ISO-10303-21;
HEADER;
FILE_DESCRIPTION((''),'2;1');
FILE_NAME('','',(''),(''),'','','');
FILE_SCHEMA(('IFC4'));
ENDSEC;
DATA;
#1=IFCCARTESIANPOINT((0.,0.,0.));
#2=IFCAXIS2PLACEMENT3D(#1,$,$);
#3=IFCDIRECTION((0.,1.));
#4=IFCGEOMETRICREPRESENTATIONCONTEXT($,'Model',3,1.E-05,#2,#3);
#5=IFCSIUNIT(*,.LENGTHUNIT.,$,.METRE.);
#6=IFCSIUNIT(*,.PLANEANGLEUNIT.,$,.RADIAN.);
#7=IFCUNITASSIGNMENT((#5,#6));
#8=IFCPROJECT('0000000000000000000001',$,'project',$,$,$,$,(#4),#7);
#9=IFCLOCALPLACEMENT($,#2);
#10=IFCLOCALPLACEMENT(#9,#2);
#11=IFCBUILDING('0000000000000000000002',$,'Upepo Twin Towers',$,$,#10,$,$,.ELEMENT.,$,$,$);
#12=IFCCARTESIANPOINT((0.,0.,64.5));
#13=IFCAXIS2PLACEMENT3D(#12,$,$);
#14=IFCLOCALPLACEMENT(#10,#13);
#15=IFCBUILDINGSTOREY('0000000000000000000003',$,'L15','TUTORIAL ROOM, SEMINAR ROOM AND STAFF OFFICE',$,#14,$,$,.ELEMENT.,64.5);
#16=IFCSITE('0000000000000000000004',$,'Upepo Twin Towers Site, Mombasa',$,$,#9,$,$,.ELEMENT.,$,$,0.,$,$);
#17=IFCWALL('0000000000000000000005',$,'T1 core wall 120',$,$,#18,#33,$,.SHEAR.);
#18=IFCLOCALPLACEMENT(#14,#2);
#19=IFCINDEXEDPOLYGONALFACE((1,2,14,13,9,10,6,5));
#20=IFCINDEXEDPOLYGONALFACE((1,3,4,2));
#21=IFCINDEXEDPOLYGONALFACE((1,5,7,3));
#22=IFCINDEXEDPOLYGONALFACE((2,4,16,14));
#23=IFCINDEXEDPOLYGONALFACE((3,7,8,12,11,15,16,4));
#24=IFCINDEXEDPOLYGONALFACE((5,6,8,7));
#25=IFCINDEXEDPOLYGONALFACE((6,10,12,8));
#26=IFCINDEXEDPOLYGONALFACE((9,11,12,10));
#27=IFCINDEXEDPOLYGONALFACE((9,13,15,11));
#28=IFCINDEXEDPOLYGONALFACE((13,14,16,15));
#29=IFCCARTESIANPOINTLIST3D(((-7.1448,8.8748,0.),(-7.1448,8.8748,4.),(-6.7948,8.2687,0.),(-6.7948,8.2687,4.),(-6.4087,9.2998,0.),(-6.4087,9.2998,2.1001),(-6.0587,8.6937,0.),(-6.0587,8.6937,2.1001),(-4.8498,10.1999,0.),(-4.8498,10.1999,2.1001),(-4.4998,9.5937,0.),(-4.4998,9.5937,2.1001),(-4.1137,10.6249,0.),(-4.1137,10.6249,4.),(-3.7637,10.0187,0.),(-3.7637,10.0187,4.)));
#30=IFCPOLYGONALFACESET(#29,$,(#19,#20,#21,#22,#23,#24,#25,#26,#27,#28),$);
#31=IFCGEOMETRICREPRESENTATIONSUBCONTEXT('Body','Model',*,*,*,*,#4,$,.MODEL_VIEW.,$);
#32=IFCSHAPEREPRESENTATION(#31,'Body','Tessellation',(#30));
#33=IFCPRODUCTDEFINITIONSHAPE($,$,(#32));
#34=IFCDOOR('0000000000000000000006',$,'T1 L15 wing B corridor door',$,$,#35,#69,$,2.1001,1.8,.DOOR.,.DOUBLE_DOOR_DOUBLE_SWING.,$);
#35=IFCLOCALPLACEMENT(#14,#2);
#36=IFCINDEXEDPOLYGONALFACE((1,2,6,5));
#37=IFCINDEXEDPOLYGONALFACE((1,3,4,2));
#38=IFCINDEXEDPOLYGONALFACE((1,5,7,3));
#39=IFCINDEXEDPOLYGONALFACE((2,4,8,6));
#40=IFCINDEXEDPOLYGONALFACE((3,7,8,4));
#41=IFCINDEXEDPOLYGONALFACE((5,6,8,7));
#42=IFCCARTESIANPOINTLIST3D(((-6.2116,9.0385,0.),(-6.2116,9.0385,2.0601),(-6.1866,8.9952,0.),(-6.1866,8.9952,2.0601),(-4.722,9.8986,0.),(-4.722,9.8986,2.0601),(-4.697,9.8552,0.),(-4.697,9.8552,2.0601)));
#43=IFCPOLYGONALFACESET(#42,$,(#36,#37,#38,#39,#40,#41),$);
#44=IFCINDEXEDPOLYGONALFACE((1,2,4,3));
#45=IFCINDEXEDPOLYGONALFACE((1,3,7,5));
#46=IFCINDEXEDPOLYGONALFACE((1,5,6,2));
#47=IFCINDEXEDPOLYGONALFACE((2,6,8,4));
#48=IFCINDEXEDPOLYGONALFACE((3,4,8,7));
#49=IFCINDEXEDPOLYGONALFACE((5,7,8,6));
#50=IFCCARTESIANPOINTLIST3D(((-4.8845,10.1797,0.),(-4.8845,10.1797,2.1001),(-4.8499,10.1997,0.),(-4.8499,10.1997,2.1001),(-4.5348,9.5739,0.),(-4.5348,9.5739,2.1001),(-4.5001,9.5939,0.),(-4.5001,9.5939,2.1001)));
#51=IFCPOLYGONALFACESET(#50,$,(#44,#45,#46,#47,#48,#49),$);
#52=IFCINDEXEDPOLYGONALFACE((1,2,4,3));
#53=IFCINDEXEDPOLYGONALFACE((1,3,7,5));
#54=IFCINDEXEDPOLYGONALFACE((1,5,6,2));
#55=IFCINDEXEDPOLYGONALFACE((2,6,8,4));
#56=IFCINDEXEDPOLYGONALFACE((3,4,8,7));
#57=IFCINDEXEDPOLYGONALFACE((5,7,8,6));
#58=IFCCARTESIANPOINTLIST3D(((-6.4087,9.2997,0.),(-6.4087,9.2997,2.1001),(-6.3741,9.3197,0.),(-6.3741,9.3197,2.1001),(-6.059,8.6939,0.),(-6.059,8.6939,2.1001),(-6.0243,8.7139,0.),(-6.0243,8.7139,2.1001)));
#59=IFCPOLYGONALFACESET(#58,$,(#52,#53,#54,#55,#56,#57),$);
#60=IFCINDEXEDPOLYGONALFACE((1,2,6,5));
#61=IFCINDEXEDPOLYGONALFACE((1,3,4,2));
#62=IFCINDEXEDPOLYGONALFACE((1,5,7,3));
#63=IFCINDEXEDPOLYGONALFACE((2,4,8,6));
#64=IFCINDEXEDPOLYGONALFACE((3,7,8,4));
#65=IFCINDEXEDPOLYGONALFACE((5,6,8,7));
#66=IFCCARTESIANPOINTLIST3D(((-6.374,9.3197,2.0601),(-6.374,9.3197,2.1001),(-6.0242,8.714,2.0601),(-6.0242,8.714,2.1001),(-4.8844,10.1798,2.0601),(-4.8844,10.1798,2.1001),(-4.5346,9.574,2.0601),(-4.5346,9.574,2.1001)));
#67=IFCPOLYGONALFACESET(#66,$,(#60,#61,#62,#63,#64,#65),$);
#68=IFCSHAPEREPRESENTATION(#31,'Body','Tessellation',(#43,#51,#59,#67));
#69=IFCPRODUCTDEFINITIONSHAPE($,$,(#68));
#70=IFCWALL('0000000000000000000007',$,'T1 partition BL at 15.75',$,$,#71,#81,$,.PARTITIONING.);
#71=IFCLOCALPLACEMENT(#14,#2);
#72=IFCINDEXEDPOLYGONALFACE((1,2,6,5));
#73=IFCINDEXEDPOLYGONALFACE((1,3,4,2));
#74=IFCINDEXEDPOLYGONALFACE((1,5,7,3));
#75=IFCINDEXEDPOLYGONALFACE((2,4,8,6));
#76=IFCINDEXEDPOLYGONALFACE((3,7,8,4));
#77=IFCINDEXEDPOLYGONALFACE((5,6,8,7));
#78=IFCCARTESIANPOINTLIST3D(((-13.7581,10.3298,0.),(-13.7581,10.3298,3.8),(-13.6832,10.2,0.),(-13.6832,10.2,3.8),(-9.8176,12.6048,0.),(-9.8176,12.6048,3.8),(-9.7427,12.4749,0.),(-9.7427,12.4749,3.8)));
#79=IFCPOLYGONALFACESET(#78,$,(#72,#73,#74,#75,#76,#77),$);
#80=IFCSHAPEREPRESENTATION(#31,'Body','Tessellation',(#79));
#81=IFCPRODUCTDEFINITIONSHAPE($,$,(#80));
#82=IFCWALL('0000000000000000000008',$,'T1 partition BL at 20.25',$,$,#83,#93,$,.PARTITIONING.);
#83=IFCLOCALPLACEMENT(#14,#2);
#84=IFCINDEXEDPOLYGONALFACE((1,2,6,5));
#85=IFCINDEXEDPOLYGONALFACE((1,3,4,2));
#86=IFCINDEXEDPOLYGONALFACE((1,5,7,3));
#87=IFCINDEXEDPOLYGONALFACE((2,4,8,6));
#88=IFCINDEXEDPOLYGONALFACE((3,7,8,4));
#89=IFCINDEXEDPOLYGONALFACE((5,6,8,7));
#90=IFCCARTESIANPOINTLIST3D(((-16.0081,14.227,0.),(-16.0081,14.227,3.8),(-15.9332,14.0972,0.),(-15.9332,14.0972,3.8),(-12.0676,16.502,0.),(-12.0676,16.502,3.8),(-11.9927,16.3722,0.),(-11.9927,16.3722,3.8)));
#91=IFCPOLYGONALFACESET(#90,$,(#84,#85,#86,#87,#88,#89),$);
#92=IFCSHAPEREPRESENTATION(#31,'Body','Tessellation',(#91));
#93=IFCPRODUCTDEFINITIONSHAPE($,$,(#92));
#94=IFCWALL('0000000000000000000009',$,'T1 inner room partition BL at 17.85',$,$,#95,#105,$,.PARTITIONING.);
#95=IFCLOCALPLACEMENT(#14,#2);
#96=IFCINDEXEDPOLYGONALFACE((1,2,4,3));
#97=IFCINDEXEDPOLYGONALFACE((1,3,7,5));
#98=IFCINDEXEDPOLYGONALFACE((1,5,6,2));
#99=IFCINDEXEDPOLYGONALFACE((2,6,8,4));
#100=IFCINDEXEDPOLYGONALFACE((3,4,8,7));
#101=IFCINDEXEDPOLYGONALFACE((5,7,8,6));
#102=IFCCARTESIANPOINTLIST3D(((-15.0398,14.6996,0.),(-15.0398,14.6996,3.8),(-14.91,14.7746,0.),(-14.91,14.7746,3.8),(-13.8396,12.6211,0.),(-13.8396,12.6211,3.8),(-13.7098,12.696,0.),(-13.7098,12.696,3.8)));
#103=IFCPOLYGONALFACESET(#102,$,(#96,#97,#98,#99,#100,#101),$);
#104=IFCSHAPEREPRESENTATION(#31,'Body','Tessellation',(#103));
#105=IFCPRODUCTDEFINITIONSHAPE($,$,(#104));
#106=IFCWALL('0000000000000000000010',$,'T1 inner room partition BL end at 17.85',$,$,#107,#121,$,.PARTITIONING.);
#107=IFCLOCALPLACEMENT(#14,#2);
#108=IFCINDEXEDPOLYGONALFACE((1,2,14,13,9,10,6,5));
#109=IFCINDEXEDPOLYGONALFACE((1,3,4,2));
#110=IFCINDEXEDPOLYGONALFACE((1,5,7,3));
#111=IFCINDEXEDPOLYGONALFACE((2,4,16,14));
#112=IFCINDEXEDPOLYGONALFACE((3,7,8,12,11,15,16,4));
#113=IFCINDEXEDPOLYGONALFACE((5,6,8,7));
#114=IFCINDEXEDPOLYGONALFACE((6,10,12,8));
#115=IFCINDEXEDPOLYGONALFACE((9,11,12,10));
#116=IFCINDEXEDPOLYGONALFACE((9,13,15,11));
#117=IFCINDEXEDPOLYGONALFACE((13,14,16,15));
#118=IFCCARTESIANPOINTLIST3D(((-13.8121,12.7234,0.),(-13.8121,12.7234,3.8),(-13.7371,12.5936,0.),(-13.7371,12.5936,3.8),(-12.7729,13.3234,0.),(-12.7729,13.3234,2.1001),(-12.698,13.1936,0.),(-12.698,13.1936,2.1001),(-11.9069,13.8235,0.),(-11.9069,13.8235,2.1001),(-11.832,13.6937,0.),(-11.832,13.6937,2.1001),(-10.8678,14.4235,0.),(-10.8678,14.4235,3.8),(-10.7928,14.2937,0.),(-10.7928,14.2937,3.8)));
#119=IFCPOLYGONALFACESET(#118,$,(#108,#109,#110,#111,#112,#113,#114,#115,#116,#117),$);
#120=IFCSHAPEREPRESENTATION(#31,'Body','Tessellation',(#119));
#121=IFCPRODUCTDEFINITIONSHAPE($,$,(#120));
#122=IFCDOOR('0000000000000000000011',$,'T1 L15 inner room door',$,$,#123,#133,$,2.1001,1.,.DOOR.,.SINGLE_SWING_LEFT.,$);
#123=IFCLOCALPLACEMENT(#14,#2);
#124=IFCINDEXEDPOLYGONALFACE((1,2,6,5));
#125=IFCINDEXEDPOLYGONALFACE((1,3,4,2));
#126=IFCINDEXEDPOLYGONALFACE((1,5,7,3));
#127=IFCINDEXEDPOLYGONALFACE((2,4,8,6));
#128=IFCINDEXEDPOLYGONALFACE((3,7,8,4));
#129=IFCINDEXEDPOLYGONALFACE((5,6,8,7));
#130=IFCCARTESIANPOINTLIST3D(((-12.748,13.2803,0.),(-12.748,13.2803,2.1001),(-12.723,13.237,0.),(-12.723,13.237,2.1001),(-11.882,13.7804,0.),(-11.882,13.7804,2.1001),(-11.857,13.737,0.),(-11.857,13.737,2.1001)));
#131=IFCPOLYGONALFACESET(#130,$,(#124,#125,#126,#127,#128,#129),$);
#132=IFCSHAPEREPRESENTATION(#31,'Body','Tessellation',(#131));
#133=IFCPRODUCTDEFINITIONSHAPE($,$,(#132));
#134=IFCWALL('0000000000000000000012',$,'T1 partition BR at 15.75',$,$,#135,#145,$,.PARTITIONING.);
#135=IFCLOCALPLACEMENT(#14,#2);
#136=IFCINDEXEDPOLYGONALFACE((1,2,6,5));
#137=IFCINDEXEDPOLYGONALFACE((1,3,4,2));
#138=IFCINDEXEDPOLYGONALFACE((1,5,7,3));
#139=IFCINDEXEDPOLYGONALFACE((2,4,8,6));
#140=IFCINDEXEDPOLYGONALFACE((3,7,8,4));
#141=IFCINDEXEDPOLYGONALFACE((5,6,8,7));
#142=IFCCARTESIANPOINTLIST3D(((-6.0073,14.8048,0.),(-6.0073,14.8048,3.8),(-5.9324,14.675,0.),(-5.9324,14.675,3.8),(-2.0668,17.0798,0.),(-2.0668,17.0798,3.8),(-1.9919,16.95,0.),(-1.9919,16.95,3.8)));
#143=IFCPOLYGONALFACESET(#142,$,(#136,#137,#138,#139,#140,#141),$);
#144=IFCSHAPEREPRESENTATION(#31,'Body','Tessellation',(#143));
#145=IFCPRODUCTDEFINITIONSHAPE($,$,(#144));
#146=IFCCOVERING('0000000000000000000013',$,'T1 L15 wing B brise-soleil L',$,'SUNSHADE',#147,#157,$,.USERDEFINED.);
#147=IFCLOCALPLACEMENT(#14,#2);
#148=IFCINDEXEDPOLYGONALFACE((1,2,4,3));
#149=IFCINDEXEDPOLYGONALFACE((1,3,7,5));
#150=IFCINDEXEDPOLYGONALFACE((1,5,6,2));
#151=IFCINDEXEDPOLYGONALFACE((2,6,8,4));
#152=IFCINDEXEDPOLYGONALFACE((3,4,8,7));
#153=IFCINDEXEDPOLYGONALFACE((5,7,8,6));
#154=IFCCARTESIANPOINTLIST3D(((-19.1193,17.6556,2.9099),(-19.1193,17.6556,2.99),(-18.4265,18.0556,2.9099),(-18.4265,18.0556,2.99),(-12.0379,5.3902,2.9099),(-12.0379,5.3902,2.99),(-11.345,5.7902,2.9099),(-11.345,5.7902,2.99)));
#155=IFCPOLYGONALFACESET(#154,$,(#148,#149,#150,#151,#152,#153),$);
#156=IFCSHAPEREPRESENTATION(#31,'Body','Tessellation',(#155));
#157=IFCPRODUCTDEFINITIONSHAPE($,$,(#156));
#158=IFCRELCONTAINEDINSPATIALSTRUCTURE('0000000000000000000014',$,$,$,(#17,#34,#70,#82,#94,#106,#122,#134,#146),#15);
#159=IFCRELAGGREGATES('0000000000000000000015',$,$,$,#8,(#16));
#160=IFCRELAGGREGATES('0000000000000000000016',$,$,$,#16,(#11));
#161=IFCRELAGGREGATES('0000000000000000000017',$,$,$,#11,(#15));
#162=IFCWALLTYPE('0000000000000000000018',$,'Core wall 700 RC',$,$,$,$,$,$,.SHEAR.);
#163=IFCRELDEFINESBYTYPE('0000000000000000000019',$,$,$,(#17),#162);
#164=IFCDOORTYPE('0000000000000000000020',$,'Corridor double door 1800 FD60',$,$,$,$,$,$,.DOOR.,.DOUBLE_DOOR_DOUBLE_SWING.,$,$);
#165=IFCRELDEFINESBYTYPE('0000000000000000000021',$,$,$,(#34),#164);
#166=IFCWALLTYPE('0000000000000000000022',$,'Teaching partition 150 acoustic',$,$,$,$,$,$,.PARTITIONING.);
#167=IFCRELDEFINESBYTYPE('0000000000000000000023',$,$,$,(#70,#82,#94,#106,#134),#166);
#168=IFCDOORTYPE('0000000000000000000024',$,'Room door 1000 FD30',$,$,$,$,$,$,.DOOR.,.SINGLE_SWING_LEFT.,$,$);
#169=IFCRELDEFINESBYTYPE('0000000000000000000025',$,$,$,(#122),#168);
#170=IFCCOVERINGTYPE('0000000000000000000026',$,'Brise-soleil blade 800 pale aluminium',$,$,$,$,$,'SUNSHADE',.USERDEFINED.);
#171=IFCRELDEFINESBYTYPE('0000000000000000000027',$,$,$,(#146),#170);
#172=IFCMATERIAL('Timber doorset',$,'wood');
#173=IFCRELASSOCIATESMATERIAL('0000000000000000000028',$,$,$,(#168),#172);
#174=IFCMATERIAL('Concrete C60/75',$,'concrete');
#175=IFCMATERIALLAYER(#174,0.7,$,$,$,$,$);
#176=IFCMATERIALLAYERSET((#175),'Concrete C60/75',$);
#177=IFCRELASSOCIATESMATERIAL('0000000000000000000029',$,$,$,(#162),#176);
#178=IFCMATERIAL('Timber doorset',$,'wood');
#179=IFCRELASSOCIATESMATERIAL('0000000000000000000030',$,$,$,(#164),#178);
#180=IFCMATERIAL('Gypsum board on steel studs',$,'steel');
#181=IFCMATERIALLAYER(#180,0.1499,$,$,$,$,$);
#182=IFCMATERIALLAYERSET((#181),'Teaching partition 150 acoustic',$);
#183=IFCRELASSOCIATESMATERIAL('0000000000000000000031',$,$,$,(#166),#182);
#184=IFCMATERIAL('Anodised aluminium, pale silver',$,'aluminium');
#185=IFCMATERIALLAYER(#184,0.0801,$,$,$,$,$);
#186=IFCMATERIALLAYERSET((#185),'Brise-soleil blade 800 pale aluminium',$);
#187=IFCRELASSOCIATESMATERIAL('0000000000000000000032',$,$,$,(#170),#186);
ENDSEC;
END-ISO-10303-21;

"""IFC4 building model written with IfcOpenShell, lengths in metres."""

from ifc_helpers import new_model, si_unit, direction, frame, frame_2d, origin, origin_2d, place, context, subcontext, project, spatial, rectangle, extrude, material, layer, layer_set, type_object, element, fill, save


model = new_model("IFC4")

# Units and contexts
model_context = context("Model", 3, precision=1e-05, world=origin(), true_north=direction((0.0, 1.0)))
body_context = subcontext(model_context, "Body", "Model", "MODEL_VIEW")
ifc_project = project(units=[si_unit("LENGTHUNIT", "METRE"), si_unit("PLANEANGLEUNIT", "RADIAN")], contexts=[model_context])

# Site, building, storey
site_placement = place(None, origin())
site = spatial("IfcSite", under=ifc_project, at=site_placement, Name="Upepo Twin Towers Site, Mombasa", CompositionType="ELEMENT", RefElevation=0.0)
building_placement = place(site_placement, origin())
building = spatial("IfcBuilding", under=site, at=building_placement, Name="Upepo Twin Towers", CompositionType="ELEMENT")
storey_placement = place(building_placement, frame((0.0, 0.0, 64.5)))
storey = spatial("IfcBuildingStorey", under=building, at=storey_placement, Name="L15", Description="TUTORIAL ROOM, SEMINAR ROOM AND STAFF OFFICE", CompositionType="ELEMENT", Elevation=64.5)

# Shared definitions
ifc_material_1 = material(Name="Timber doorset", Category="wood")
door_type_1 = type_object("IfcDoorType", Name="Room door 1000 FD30", OperationType="SINGLE_SWING_LEFT", PredefinedType="DOOR", material=ifc_material_1)

# Wall, opening, door
ifc_material_2 = material(Name="Concrete C60/75", Category="concrete")
ifc_layer_1 = layer(ifc_material_2, 0.7)
ifc_layer_set_1 = layer_set([ifc_layer_1], Name="Concrete C60/75")
wall_type_1 = type_object("IfcWallType", Name="Core wall 700 RC", PredefinedType="SHEAR", material=ifc_layer_set_1)
wall_1_placement = place(storey_placement, frame((-3.9387, 10.3218, 0.0), z_axis=(0.0, 0.0, 1.0), x_axis=(-0.866019, -0.50001, 0.0)))
wall_1 = element("IfcWall", 1, at=wall_1_placement, inside=storey, type_object=wall_type_1, Name="T1 core wall 120", PredefinedType="SHEAR", context=body_context, shape_type="SweptSolid", body=[
    extrude(rectangle(XDim=3.5, YDim=0.7, at=frame_2d((1.75, 0.0))), origin(), (0.0, 0.0, 1.0), 4.0),
])
opening_1_placement = place(wall_1_placement, frame((0.8501, 0.0, 0.0)))
opening_1 = element("IfcOpeningElement", 2, at=opening_1_placement, cuts=wall_1, PredefinedType="OPENING", context=body_context, shape_type="SweptSolid", body=[
    extrude(rectangle(XDim=1.8, YDim=2.1001, at=frame_2d((0.8999, 1.05))), frame((0.0, 0.3599, 0.0), z_axis=(0.0, -1.0, 0.0), x_axis=(1.0, 0.0, 0.0)), (0.0, 0.0, 1.0), 0.72),
])
ifc_material_3 = material(Name="Timber doorset", Category="wood")
door_type_2 = type_object("IfcDoorType", Name="Corridor double door 1800 FD60", OperationType="DOUBLE_DOOR_DOUBLE_SWING", PredefinedType="DOOR", material=ifc_material_3)
door_1_placement = place(opening_1_placement, origin())
door_1 = element("IfcDoor", 3, at=door_1_placement, inside=storey, type_object=door_type_2, Name="T1 L15 wing B corridor door", OperationType="DOUBLE_DOOR_DOUBLE_SWING", OverallHeight=2.1001, OverallWidth=1.8, PredefinedType="DOOR", context=body_context, shape_type="SweptSolid", body=[
    extrude(rectangle(XDim=1.72, YDim=2.0601, at=frame_2d((0.8999, 1.03))), frame((0.0, 0.0249, 0.0), z_axis=(0.0, -1.0, 0.0), x_axis=(1.0, 0.0, 0.0)), (0.0, 0.0, 1.0), 0.05),
    extrude(rectangle(XDim=0.04, YDim=2.1001, at=frame_2d((0.02, 1.05))), frame((0.0, 0.3496, 0.0), z_axis=(0.0, -1.0, 0.0), x_axis=(1.0, 0.0, 0.0)), (0.0, 0.0, 1.0), 0.6995),
    extrude(rectangle(XDim=0.04, YDim=2.1001, at=frame_2d((1.78, 1.05))), frame((0.0, 0.3496, 0.0), z_axis=(0.0, -1.0, 0.0), x_axis=(1.0, 0.0, 0.0)), (0.0, 0.0, 1.0), 0.6995),
    extrude(rectangle(XDim=1.72, YDim=0.04, at=frame_2d((0.8999, 2.0801))), frame((0.0, 0.3496, 0.0), z_axis=(0.0, -1.0, 0.0), x_axis=(1.0, 0.0, 0.0)), (0.0, 0.0, 1.0), 0.6995),
])
fill(opening_1, door_1)

# Walls
ifc_material_4 = material(Name="Gypsum board on steel studs", Category="steel")
ifc_layer_2 = layer(ifc_material_4, 0.1499)
ifc_layer_set_2 = layer_set([ifc_layer_2], Name="Teaching partition 150 acoustic")
wall_type_2 = type_object("IfcWallType", Name="Teaching partition 150 acoustic", PredefinedType="PARTITIONING", material=ifc_layer_set_2)
for number, where, z_axis, x_axis, name in (
    (4, (-9.7803, 12.5398, 0.0), (0.0, 0.0, 1.0), (-0.866035, -0.499983, 0.0), "T1 partition BL at 15.75"),
    (5, (-12.0303, 16.437, 0.0), (0.0, 0.0, 1.0), (-0.866035, -0.499983, 0.0), "T1 partition BL at 20.25"),
):
    element("IfcWall", number, at=place(storey_placement, frame(where, z_axis=z_axis, x_axis=x_axis)), inside=storey, type_object=wall_type_2, Name=name, PredefinedType="PARTITIONING", context=body_context, shape_type="SweptSolid", body=[
        extrude(rectangle(XDim=4.55, YDim=0.1499, at=frame_2d((2.2749, 0.0))), origin(), (0.0, 0.0, 1.0), 3.8),
    ])
wall_2_placement = place(storey_placement, frame((-13.7747, 12.6584, 0.0), z_axis=(0.0, 0.0, 1.0), x_axis=(-0.500034, 0.866006, 0.0)))
element("IfcWall", 6, at=wall_2_placement, inside=storey, type_object=wall_type_2, Name="T1 inner room partition BL at 17.85", PredefinedType="PARTITIONING", context=body_context, shape_type="SweptSolid", body=[
    extrude(rectangle(XDim=2.4001, YDim=0.1499, at=frame_2d((1.2002, 0.0))), origin(), (0.0, 0.0, 1.0), 3.8),
])

# Wall, opening, door
wall_3_placement = place(storey_placement, frame((-10.8303, 14.3586, 0.0), z_axis=(0.0, 0.0, 1.0), x_axis=(-0.865989, -0.500062, 0.0)))
wall_3 = element("IfcWall", 7, at=wall_3_placement, inside=storey, type_object=wall_type_2, Name="T1 inner room partition BL end at 17.85", PredefinedType="PARTITIONING", context=body_context, shape_type="SweptSolid", body=[
    extrude(rectangle(XDim=3.3999, YDim=0.1499, at=frame_2d((1.7, 0.0))), origin(), (0.0, 0.0, 1.0), 3.8),
])
opening_2_placement = place(wall_3_placement, frame((1.2, 0.0, 0.0)))
opening_2 = element("IfcOpeningElement", 8, at=opening_2_placement, cuts=wall_3, PredefinedType="OPENING", context=body_context, shape_type="SweptSolid", body=[
    extrude(rectangle(XDim=1.0, YDim=2.1001, at=frame_2d((0.5, 1.05))), frame((0.0, 0.085, 0.0), z_axis=(0.0, -1.0, 0.0), x_axis=(1.0, 0.0, 0.0)), (0.0, 0.0, 1.0), 0.1699),
])
door_2_placement = place(opening_2_placement, origin())
door_2 = element("IfcDoor", 9, at=door_2_placement, inside=storey, type_object=door_type_1, Name="T1 L15 inner room door", OperationType="SINGLE_SWING_LEFT", OverallHeight=2.1001, OverallWidth=1.0, PredefinedType="DOOR", context=body_context, shape_type="SweptSolid", body=[
    extrude(rectangle(XDim=1.0, YDim=2.1001, at=frame_2d((0.5, 1.05))), frame((0.0, 0.0249, 0.0), z_axis=(0.0, -1.0, 0.0), x_axis=(1.0, 0.0, 0.0)), (0.0, 0.0, 1.0), 0.05),
])
fill(opening_2, door_2)

# Wall
wall_4_placement = place(storey_placement, frame((-5.9697, 14.74, 0.0), z_axis=(0.0, 0.0, 1.0), x_axis=(0.866035, 0.499983, 0.0)))
element("IfcWall", 10, at=wall_4_placement, inside=storey, type_object=wall_type_2, Name="T1 partition BR at 15.75", PredefinedType="PARTITIONING", context=body_context, shape_type="SweptSolid", body=[
    extrude(rectangle(XDim=4.55, YDim=0.1499, at=frame_2d((2.2749, 0.0))), origin(), (0.0, 0.0, 1.0), 3.8),
])

# Covering
ifc_material_5 = material(Name="Anodised aluminium, pale silver", Category="aluminium")
ifc_layer_3 = layer(ifc_material_5, 0.0801)
ifc_layer_set_3 = layer_set([ifc_layer_3], Name="Brise-soleil blade 800 pale aluminium")
covering_type = type_object("IfcCoveringType", Name="Brise-soleil blade 800 pale aluminium", ElementType="SUNSHADE", PredefinedType="USERDEFINED", material=ifc_layer_set_3)
covering_placement = place(storey_placement, frame((-15.2322, 11.7229, 2.9099), z_axis=(0.0, 0.0, 1.0), x_axis=(-0.5, 0.866025, 0.0)))
element("IfcCovering", 11, at=covering_placement, inside=storey, type_object=covering_type, Name="T1 L15 wing B brise-soleil L", ObjectType="SUNSHADE", PredefinedType="USERDEFINED", context=body_context, shape_type="SweptSolid", body=[
    extrude(rectangle(XDim=14.1628, YDim=0.8, at=origin_2d()), origin(), (0.0, 0.0, 1.0), 0.0801),
])

save(model, "model.ifc")
